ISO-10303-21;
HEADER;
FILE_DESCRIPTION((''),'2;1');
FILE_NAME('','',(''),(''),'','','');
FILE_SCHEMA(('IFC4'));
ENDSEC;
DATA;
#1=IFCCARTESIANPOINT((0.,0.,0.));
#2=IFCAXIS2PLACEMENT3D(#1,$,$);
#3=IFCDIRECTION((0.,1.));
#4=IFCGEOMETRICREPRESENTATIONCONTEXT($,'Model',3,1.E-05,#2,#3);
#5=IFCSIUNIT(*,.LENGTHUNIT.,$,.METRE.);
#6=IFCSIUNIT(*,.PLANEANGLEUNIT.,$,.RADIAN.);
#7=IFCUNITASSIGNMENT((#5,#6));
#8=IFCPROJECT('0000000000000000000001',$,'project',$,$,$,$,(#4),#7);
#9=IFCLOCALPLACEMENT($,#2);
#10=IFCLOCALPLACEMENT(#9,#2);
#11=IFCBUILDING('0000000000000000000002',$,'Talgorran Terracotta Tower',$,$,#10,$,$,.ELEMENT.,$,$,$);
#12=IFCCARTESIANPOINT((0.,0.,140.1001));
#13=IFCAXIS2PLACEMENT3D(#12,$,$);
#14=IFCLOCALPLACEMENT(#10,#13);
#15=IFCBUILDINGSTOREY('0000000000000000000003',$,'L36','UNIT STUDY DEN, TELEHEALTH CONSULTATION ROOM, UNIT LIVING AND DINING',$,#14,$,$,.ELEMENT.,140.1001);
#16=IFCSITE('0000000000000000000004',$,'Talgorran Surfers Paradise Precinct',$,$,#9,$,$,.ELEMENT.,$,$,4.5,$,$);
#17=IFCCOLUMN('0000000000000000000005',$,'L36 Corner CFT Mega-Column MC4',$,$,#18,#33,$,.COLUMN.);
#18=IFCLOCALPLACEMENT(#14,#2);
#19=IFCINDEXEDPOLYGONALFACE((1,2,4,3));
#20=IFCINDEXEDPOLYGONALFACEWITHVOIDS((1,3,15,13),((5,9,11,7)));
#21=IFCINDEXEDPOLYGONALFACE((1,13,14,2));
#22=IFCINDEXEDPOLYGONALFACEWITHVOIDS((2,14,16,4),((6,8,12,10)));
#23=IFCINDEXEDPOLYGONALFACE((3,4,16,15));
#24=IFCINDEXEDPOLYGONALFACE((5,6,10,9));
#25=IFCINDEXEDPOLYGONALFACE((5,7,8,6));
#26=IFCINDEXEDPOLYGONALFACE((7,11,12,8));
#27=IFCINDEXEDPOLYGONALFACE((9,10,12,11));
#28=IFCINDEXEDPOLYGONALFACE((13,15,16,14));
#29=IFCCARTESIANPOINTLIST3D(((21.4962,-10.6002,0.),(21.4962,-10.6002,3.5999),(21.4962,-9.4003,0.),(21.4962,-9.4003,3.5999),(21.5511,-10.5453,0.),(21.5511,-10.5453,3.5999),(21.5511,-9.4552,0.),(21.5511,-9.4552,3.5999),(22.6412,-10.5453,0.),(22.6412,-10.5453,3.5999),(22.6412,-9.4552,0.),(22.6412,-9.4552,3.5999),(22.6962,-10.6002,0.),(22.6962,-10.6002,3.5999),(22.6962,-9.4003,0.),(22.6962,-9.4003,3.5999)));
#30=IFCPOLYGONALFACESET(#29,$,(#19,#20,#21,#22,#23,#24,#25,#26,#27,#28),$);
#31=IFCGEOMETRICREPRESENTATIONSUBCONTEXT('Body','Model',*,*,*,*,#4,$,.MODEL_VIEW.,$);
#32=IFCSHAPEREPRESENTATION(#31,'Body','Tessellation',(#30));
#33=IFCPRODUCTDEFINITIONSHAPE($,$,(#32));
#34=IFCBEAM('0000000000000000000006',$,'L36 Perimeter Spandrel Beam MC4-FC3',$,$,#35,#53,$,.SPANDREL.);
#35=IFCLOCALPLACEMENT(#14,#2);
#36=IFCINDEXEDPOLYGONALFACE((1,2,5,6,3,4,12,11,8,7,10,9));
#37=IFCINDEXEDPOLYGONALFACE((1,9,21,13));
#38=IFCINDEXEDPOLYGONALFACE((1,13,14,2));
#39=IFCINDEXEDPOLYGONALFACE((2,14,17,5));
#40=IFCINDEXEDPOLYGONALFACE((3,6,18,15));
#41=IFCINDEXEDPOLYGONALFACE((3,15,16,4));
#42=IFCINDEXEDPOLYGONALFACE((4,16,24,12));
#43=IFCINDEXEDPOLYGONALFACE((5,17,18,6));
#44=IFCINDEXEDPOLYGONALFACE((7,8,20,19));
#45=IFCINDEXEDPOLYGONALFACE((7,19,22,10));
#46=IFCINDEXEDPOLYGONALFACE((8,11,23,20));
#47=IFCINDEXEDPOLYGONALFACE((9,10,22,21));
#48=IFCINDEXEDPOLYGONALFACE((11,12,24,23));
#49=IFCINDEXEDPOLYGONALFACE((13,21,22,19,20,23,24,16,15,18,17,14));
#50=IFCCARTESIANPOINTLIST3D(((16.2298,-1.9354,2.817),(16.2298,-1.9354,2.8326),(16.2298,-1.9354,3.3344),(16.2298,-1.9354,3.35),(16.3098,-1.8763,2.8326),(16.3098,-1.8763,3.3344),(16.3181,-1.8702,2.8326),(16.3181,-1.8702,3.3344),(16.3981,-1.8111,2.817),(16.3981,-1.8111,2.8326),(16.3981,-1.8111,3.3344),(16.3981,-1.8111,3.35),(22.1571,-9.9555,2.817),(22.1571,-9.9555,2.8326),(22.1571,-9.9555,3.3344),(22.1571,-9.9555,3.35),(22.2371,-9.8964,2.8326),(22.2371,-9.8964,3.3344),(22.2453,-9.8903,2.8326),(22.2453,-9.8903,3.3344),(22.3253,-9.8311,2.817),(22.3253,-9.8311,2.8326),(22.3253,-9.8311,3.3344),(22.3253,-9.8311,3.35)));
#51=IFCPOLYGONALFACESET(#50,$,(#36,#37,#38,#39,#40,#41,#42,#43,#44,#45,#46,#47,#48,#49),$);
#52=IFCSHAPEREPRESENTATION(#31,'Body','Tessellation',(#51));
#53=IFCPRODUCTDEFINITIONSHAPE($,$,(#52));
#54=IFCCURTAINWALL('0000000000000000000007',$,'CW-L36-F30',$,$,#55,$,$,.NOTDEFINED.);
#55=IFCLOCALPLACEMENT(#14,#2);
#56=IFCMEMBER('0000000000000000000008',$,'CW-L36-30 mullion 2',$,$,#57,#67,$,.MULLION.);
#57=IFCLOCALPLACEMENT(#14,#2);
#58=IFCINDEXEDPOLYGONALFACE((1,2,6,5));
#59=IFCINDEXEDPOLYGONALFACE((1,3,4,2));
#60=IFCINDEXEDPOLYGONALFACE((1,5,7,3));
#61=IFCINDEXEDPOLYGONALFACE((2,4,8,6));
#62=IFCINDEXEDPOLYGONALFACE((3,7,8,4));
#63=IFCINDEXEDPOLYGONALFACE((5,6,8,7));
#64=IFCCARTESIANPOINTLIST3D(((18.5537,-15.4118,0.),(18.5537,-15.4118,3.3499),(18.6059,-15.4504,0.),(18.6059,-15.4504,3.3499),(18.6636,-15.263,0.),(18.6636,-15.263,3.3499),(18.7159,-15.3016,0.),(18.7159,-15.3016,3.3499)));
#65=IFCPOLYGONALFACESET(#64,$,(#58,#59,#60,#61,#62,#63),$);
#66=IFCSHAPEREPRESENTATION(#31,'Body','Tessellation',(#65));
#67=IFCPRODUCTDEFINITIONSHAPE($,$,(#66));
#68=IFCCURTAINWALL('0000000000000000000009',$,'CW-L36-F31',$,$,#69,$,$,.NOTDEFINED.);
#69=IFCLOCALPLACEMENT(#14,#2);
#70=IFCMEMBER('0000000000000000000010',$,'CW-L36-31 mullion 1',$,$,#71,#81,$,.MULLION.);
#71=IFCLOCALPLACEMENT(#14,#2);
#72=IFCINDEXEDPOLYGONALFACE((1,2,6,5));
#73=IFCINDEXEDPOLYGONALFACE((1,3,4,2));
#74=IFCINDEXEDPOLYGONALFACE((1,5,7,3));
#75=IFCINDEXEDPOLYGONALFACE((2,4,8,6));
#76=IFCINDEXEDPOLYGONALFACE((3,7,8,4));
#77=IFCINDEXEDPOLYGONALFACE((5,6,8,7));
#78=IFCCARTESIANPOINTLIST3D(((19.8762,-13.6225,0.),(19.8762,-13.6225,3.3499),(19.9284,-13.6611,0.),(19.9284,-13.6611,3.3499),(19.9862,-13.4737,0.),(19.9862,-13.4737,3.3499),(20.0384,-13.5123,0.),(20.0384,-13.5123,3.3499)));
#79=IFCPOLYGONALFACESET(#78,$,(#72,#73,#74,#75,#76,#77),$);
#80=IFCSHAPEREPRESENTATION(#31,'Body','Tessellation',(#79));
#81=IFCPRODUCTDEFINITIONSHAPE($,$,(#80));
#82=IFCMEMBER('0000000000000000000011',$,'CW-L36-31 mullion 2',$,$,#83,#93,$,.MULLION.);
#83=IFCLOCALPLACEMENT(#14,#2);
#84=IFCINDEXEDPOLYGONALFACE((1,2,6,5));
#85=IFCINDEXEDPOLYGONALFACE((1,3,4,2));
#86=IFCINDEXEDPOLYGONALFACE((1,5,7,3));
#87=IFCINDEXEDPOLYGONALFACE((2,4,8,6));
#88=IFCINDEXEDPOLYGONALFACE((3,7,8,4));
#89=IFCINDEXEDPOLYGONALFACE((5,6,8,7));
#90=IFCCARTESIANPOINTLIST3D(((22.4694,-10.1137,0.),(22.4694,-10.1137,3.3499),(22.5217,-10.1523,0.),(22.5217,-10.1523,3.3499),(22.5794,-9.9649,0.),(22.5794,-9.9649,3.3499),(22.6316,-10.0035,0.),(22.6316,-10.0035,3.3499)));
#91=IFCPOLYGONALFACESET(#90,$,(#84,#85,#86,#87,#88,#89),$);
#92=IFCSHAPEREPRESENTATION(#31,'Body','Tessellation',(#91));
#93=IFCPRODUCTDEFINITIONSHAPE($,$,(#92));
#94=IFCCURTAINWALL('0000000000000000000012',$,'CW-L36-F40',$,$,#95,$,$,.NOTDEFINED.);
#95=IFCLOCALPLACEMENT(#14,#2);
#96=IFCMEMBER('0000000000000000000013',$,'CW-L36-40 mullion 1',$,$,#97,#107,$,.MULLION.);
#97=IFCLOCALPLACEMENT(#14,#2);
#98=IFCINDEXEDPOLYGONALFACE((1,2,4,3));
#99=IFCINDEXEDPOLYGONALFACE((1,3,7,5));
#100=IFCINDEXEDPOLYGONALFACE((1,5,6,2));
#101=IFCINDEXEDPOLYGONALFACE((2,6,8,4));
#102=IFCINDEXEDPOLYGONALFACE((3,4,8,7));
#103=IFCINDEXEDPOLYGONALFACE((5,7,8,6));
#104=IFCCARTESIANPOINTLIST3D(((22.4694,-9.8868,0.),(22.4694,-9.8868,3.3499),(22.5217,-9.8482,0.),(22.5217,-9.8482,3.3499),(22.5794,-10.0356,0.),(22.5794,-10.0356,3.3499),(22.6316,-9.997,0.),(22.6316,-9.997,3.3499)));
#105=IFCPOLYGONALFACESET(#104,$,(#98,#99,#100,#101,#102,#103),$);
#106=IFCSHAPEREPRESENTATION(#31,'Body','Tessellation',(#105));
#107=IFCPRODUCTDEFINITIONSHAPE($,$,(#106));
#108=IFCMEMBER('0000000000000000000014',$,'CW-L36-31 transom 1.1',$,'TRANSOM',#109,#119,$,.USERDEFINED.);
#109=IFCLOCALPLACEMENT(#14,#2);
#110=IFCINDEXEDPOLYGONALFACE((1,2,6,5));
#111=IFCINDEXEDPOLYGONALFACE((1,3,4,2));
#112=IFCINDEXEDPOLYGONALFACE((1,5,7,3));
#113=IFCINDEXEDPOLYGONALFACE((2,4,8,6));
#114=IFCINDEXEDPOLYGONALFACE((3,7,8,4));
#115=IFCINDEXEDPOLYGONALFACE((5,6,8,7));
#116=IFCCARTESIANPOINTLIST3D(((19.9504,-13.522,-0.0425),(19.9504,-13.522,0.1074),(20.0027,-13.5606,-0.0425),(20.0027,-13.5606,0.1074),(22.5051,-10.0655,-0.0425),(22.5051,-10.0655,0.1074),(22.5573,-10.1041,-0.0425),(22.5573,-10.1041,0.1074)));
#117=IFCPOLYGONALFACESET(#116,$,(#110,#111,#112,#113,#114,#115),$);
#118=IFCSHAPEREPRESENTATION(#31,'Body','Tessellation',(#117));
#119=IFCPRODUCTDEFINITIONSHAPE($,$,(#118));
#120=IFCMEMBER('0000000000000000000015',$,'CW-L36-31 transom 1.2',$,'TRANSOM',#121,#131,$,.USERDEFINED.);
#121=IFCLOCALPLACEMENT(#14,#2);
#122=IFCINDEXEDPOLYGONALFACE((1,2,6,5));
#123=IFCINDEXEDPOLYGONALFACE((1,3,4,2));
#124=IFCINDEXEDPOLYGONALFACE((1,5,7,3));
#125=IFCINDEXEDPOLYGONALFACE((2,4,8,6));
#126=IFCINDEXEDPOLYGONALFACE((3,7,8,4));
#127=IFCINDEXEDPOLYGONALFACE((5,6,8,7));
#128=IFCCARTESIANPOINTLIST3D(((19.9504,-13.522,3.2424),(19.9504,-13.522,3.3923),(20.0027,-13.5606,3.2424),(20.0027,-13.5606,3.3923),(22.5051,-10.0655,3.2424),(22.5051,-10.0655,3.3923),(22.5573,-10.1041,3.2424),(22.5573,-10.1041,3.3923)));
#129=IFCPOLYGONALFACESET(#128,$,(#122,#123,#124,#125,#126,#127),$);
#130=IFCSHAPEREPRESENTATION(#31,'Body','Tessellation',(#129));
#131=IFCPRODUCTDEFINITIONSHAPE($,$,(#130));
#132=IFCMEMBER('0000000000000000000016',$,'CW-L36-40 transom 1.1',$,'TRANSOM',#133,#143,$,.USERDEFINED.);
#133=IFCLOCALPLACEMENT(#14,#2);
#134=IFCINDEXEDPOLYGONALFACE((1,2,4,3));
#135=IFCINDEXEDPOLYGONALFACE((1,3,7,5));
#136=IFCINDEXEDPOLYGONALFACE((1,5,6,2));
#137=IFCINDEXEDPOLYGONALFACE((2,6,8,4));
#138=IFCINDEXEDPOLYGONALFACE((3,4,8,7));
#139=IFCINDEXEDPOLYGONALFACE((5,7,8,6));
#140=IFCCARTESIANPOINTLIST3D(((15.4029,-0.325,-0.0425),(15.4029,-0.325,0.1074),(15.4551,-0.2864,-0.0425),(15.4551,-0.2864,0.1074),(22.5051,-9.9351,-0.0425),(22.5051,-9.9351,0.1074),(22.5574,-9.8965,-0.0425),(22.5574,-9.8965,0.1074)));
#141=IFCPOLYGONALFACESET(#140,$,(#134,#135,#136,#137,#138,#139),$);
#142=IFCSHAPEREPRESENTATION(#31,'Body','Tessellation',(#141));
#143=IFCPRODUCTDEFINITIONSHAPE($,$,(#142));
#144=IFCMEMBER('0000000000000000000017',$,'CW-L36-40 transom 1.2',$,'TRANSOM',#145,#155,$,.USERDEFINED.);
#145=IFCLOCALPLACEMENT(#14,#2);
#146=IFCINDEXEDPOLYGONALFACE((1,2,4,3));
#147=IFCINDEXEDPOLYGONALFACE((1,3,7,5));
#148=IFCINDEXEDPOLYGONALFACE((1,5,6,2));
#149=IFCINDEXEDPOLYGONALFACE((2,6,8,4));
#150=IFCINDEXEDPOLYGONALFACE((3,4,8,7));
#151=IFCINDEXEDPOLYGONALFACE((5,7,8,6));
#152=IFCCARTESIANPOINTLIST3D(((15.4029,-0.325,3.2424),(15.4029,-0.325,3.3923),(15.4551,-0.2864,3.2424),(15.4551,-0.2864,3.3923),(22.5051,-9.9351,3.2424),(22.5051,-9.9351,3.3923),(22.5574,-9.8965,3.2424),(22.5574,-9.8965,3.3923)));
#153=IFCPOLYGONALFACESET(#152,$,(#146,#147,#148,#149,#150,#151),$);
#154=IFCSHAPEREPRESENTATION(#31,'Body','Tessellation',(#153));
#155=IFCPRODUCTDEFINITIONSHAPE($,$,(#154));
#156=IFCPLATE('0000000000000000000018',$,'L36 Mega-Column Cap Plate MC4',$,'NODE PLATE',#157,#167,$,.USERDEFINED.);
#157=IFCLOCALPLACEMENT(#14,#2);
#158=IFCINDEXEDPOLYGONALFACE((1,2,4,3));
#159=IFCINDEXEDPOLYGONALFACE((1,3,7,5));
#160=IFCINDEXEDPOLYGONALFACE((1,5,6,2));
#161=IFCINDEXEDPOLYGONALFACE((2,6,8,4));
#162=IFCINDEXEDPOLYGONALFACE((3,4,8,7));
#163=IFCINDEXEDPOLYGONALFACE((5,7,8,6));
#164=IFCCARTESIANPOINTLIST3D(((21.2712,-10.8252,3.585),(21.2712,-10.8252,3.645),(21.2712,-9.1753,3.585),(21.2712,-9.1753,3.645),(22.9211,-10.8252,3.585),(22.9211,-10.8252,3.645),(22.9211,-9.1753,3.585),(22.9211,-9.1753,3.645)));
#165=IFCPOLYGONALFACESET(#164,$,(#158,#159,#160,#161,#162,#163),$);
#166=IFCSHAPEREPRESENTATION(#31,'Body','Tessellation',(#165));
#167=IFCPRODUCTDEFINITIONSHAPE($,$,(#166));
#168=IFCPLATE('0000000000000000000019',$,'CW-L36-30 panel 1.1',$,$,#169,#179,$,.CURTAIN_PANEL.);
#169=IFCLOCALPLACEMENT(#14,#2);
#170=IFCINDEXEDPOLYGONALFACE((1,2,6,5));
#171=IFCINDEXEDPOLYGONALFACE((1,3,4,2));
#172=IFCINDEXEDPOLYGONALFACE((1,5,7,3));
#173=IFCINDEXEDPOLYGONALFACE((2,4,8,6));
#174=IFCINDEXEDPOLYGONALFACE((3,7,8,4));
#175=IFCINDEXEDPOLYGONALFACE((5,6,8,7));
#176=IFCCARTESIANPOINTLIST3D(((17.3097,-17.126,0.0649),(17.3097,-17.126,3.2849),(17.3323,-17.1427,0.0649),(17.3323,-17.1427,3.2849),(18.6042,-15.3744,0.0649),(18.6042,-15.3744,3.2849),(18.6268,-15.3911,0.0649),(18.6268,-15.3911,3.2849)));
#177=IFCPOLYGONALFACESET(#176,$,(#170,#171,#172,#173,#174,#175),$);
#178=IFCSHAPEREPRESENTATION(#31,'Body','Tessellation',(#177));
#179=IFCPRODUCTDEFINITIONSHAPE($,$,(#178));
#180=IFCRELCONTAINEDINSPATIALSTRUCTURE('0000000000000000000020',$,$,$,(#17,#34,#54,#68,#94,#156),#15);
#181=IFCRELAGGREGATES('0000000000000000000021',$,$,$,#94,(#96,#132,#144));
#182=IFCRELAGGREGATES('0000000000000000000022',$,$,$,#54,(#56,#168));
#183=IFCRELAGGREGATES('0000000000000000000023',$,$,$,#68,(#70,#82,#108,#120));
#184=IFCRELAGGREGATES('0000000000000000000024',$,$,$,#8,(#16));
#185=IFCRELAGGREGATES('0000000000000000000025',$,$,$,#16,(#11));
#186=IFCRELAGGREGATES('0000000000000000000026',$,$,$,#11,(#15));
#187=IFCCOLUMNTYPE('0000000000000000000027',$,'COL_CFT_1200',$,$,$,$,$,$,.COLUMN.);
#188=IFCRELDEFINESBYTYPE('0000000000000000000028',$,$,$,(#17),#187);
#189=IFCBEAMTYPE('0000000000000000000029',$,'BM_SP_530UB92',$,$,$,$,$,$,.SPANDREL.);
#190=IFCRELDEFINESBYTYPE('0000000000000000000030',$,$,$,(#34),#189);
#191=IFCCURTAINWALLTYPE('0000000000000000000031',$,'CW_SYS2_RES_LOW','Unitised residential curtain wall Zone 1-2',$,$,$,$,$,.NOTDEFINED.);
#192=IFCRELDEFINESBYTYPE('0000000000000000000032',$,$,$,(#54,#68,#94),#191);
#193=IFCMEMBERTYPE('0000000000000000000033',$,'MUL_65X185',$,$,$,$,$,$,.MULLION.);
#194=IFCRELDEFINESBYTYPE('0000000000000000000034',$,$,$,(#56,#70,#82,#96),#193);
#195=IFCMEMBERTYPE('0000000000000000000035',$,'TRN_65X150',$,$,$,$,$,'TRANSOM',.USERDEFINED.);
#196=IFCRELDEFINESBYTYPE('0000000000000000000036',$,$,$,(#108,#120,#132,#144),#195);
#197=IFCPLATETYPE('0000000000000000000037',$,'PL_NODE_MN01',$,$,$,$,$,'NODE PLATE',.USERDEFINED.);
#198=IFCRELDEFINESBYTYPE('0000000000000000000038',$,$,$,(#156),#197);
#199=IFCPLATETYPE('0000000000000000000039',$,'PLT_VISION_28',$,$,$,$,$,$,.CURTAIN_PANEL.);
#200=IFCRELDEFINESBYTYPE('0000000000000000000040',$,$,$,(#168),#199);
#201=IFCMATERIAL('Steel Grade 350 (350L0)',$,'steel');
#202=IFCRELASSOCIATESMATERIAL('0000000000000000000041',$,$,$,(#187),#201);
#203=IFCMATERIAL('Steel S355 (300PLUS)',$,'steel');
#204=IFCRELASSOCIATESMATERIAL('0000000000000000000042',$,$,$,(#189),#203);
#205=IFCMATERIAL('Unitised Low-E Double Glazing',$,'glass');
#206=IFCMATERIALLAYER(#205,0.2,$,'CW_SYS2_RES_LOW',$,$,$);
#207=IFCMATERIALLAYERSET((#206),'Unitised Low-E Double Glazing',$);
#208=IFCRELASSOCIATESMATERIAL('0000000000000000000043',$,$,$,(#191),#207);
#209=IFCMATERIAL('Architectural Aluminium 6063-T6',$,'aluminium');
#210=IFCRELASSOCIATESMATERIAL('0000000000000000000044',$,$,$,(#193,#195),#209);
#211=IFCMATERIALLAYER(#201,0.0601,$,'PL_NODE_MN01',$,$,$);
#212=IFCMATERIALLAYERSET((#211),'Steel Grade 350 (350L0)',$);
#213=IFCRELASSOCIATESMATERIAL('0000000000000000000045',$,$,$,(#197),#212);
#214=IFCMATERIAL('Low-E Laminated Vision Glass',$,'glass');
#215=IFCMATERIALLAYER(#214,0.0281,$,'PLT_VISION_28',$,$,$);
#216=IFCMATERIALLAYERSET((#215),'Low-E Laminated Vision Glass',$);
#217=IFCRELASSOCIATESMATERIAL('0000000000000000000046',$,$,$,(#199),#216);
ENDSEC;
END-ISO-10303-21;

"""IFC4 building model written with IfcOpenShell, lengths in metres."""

from ifc_helpers import new_model, si_unit, direction, frame, origin, origin_2d, place, context, subcontext, project, spatial, rectangle, hollow_rectangle, i_section, extrude, source, transform, mapped, material, layer, layer_set, material_profile, profile_set, type_object, element, aggregate, save


model = new_model("IFC4")

# Units and contexts
model_context = context("Model", 3, precision=1e-05, world=origin(), true_north=direction((0.0, 1.0)))
body_context = subcontext(model_context, "Body", "Model", "MODEL_VIEW")
ifc_project = project(units=[si_unit("LENGTHUNIT", "METRE"), si_unit("PLANEANGLEUNIT", "RADIAN")], contexts=[model_context])

# Site, building, storey
site_placement = place(None, origin())
site = spatial("IfcSite", under=ifc_project, at=site_placement, Name="Talgorran Surfers Paradise Precinct", CompositionType="ELEMENT", RefElevation=4.5)
building_placement = place(site_placement, origin())
building = spatial("IfcBuilding", under=site, at=building_placement, Name="Talgorran Terracotta Tower", CompositionType="ELEMENT")
storey_placement = place(building_placement, frame((0.0, 0.0, 140.1001)))
storey = spatial("IfcBuildingStorey", under=building, at=storey_placement, Name="L36", Description="UNIT STUDY DEN, TELEHEALTH CONSULTATION ROOM, UNIT LIVING AND DINING", CompositionType="ELEMENT", Elevation=140.1001)

# Column
ifc_material_1 = material(Name="Steel Grade 350 (350L0)", Category="steel")
ifc_material_profile_1 = material_profile(ifc_material_1, hollow_rectangle(XDim=1.2, YDim=1.2, WallThickness=0.0549, at=origin_2d()), Name="CFT1200X1200X55")
ifc_profile_set_1 = profile_set([ifc_material_profile_1], Name="Steel Grade 350 (350L0)")
column_type = type_object("IfcColumnType", Name="COL_CFT_1200", PredefinedType="COLUMN", material=ifc_profile_set_1)
column_placement = place(storey_placement, frame((22.0962, -10.0002, 0.0), z_axis=(0.0, 0.0, 1.0), x_axis=(1.0, 0.0, 0.0)))
element("IfcColumn", 1, at=column_placement, inside=storey, type_object=column_type, Name="L36 Corner CFT Mega-Column MC4", PredefinedType="COLUMN", context=body_context, shape_type="SweptSolid", body=[
    extrude(hollow_rectangle(XDim=1.2, YDim=1.2, WallThickness=0.0549, at=origin_2d()), origin(), (0.0, 0.0, 1.0), 3.5999),
])

# Beam
ifc_material_2 = material(Name="Steel S355 (300PLUS)", Category="steel")
ifc_material_profile_2 = material_profile(ifc_material_2, i_section(OverallWidth=0.2092, OverallDepth=0.533, WebThickness=0.0103, FlangeThickness=0.0156, at=origin_2d()), Name="530UB92.4")
ifc_profile_set_2 = profile_set([ifc_material_profile_2], Name="Steel S355 (300PLUS)")
beam_type = type_object("IfcBeamType", Name="BM_SP_530UB92", PredefinedType="SPANDREL", material=ifc_profile_set_2)
beam_placement = place(storey_placement, frame((22.2412, -9.8933, 3.0835), z_axis=(-0.594353, 0.804205, 0.0), x_axis=(-0.804205, -0.594353, 0.0)))
element("IfcBeam", 2, at=beam_placement, inside=storey, type_object=beam_type, Name="L36 Perimeter Spandrel Beam MC4-FC3", PredefinedType="SPANDREL", context=body_context, shape_type="SweptSolid", body=[
    extrude(i_section(OverallWidth=0.2092, OverallDepth=0.533, WebThickness=0.0103, FlangeThickness=0.0156, at=origin_2d()), origin(), (0.0, 0.0, 1.0), 9.9727),
])

# Curtain wall, member
ifc_material_3 = material(Name="Unitised Low-E Double Glazing", Category="glass")
ifc_layer_1 = layer(ifc_material_3, 0.2, Name="CW_SYS2_RES_LOW")
ifc_layer_set_1 = layer_set([ifc_layer_1], Name="Unitised Low-E Double Glazing")
curtain_wall_type = type_object("IfcCurtainWallType", Name="CW_SYS2_RES_LOW", Description="Unitised residential curtain wall Zone 1-2", PredefinedType="NOTDEFINED", material=ifc_layer_set_1)
curtain_wall_1_placement = place(storey_placement, origin())
curtain_wall_1 = element("IfcCurtainWall", 3, at=curtain_wall_1_placement, inside=storey, type_object=curtain_wall_type, Name="CW-L36-F30", PredefinedType="NOTDEFINED")
ifc_material_4 = material(Name="Architectural Aluminium 6063-T6", Category="aluminium")
ifc_material_profile_3 = material_profile(ifc_material_4, rectangle(XDim=0.0649, YDim=0.1851, at=origin_2d()), Name="CWM65X185")
ifc_profile_set_3 = profile_set([ifc_material_profile_3], Name="Architectural Aluminium 6063-T6")
member_type_1 = type_object("IfcMemberType", Name="MUL_65X185", PredefinedType="MULLION", material=ifc_profile_set_3)
member_1_placement = place(storey_placement, frame((18.6348, -15.3567, 0.0), z_axis=(0.0, 0.0, 1.0), x_axis=(-0.804197, 0.594363, 0.0)))
member_1 = element("IfcMember", 4, at=member_1_placement, type_object=member_type_1, Name="CW-L36-30 mullion 2", PredefinedType="MULLION", context=body_context, shape_type="SweptSolid", body=[
    extrude(rectangle(XDim=0.0649, YDim=0.1851, at=origin_2d()), origin(), (0.0, 0.0, 1.0), 3.3499),
])

# Curtain wall, members
curtain_wall_2_placement = place(storey_placement, origin())
curtain_wall_2 = element("IfcCurtainWall", 5, at=curtain_wall_2_placement, inside=storey, type_object=curtain_wall_type, Name="CW-L36-F31", PredefinedType="NOTDEFINED")
member_2_placement = place(storey_placement, frame((19.9573, -13.5674, 0.0), z_axis=(0.0, 0.0, 1.0), x_axis=(-0.8042, 0.594359, 0.0)))
member_2 = element("IfcMember", 6, at=member_2_placement, type_object=member_type_1, Name="CW-L36-31 mullion 1", PredefinedType="MULLION", context=body_context, shape_type="SweptSolid", body=[
    extrude(rectangle(XDim=0.0649, YDim=0.1851, at=origin_2d()), origin(), (0.0, 0.0, 1.0), 3.3499),
])
member_3_placement = place(storey_placement, frame((22.5505, -10.0586, 0.0), z_axis=(0.0, 0.0, 1.0), x_axis=(-0.8042, 0.594359, 0.0)))
member_3 = element("IfcMember", 7, at=member_3_placement, type_object=member_type_1, Name="CW-L36-31 mullion 2", PredefinedType="MULLION", context=body_context, shape_type="SweptSolid", body=[
    extrude(rectangle(XDim=0.0649, YDim=0.1851, at=origin_2d()), origin(), (0.0, 0.0, 1.0), 3.3499),
])

# Curtain wall, member
curtain_wall_3_placement = place(storey_placement, origin())
curtain_wall_3 = element("IfcCurtainWall", 8, at=curtain_wall_3_placement, inside=storey, type_object=curtain_wall_type, Name="CW-L36-F40", PredefinedType="NOTDEFINED")
member_4_placement = place(storey_placement, frame((22.5505, -9.9419, 0.0), z_axis=(0.0, 0.0, 1.0), x_axis=(-0.804203, -0.594355, 0.0)))
member_4 = element("IfcMember", 9, at=member_4_placement, type_object=member_type_1, Name="CW-L36-40 mullion 1", PredefinedType="MULLION", context=body_context, shape_type="SweptSolid", body=[
    extrude(rectangle(XDim=0.0649, YDim=0.1851, at=origin_2d()), origin(), (0.0, 0.0, 1.0), 3.3499),
])

# Members
ifc_material_profile_4 = material_profile(ifc_material_4, rectangle(XDim=0.0649, YDim=0.1499, at=origin_2d()), Name="CWT65X150")
ifc_profile_set_4 = profile_set([ifc_material_profile_4], Name="Architectural Aluminium 6063-T6")
member_type_2 = type_object("IfcMemberType", Name="TRN_65X150", ElementType="TRANSOM", PredefinedType="USERDEFINED", material=ifc_profile_set_4)
member_5_placement = place(storey_placement, frame((19.9766, -13.5413, 0.0325), z_axis=(0.594369, 0.804193, 0.0), x_axis=(-0.804193, 0.594369, 0.0)))
member_5 = element("IfcMember", 10, at=member_5_placement, type_object=member_type_2, Name="CW-L36-31 transom 1.1", ObjectType="TRANSOM", PredefinedType="USERDEFINED", context=body_context, shape_type="SweptSolid", body=[
    extrude(rectangle(XDim=0.0649, YDim=0.1499, at=origin_2d()), origin(), (0.0, 0.0, 1.0), 4.2981),
])
member_6_placement = place(storey_placement, frame((19.9766, -13.5413, 3.3174), z_axis=(0.594369, 0.804193, 0.0), x_axis=(-0.804193, 0.594369, 0.0)))
member_6 = element("IfcMember", 11, at=member_6_placement, type_object=member_type_2, Name="CW-L36-31 transom 1.2", ObjectType="TRANSOM", PredefinedType="USERDEFINED", context=body_context, shape_type="SweptSolid", body=[
    extrude(rectangle(XDim=0.0649, YDim=0.1499, at=origin_2d()), origin(), (0.0, 0.0, 1.0), 4.2981),
])
member_7_placement = place(storey_placement, frame((22.5312, -9.9158, 0.0325), z_axis=(-0.594346, 0.804209, 0.0), x_axis=(-0.804209, -0.594346, 0.0)))
member_7 = element("IfcMember", 12, at=member_7_placement, type_object=member_type_2, Name="CW-L36-40 transom 1.1", ObjectType="TRANSOM", PredefinedType="USERDEFINED", context=body_context, shape_type="SweptSolid", body=[
    extrude(rectangle(XDim=0.0649, YDim=0.1499, at=origin_2d()), origin(), (0.0, 0.0, 1.0), 11.9497),
])
member_8_placement = place(storey_placement, frame((22.5312, -9.9158, 3.3174), z_axis=(-0.594346, 0.804209, 0.0), x_axis=(-0.804209, -0.594346, 0.0)))
member_8 = element("IfcMember", 13, at=member_8_placement, type_object=member_type_2, Name="CW-L36-40 transom 1.2", ObjectType="TRANSOM", PredefinedType="USERDEFINED", context=body_context, shape_type="SweptSolid", body=[
    extrude(rectangle(XDim=0.0649, YDim=0.1499, at=origin_2d()), origin(), (0.0, 0.0, 1.0), 11.9497),
])
aggregate(curtain_wall_3, [member_4, member_7, member_8])

# Plates
ifc_layer_2 = layer(ifc_material_1, 0.0601, Name="PL_NODE_MN01")
ifc_layer_set_2 = layer_set([ifc_layer_2], Name="Steel Grade 350 (350L0)")
plate_type_1 = type_object("IfcPlateType", Name="PL_NODE_MN01", ElementType="NODE PLATE", PredefinedType="USERDEFINED", material=ifc_layer_set_2)
plate_1_placement = place(storey_placement, frame((22.0962, -10.0002, 3.585), z_axis=(0.0, 0.0, 1.0), x_axis=(1.0, 0.0, 0.0)))
element("IfcPlate", 14, at=plate_1_placement, inside=storey, type_object=plate_type_1, Name="L36 Mega-Column Cap Plate MC4", ObjectType="NODE PLATE", PredefinedType="USERDEFINED", context=body_context, shape_type="SweptSolid", body=[
    extrude(rectangle(XDim=1.6499, YDim=1.6499, at=origin_2d()), origin(), (0.0, 0.0, 1.0), 0.0601),
])
ifc_material_5 = material(Name="Low-E Laminated Vision Glass", Category="glass")
ifc_layer_3 = layer(ifc_material_5, 0.0281, Name="PLT_VISION_28")
ifc_layer_set_3 = layer_set([ifc_layer_3], Name="Low-E Laminated Vision Glass")
plate_type_2 = type_object("IfcPlateType", Name="PLT_VISION_28", PredefinedType="CURTAIN_PANEL", material=ifc_layer_set_3)
shared_shape_1 = source(origin(), body_context, "Body", "SweptSolid", [
    extrude(rectangle(XDim=2.178, YDim=0.0281, at=origin_2d()), origin(), (0.0, 0.0, 1.0), 3.22),
])
plate_2_placement = place(storey_placement, frame((17.9683, -16.2585, 0.0649), z_axis=(0.0, 0.0, 1.0), x_axis=(0.594363, 0.804197, 0.0)))
plate_2 = element("IfcPlate", 15, at=plate_2_placement, type_object=plate_type_2, Name="CW-L36-30 panel 1.1", PredefinedType="CURTAIN_PANEL", context=body_context, shape_type="MappedRepresentation", body=[
    mapped(shared_shape_1, transform((0.0, 0.0, 0.0), scale=1.0)),
])
aggregate(curtain_wall_1, [member_1, plate_2])
aggregate(curtain_wall_2, [member_2, member_3, member_5, member_6])

save(model, "model.ifc")
